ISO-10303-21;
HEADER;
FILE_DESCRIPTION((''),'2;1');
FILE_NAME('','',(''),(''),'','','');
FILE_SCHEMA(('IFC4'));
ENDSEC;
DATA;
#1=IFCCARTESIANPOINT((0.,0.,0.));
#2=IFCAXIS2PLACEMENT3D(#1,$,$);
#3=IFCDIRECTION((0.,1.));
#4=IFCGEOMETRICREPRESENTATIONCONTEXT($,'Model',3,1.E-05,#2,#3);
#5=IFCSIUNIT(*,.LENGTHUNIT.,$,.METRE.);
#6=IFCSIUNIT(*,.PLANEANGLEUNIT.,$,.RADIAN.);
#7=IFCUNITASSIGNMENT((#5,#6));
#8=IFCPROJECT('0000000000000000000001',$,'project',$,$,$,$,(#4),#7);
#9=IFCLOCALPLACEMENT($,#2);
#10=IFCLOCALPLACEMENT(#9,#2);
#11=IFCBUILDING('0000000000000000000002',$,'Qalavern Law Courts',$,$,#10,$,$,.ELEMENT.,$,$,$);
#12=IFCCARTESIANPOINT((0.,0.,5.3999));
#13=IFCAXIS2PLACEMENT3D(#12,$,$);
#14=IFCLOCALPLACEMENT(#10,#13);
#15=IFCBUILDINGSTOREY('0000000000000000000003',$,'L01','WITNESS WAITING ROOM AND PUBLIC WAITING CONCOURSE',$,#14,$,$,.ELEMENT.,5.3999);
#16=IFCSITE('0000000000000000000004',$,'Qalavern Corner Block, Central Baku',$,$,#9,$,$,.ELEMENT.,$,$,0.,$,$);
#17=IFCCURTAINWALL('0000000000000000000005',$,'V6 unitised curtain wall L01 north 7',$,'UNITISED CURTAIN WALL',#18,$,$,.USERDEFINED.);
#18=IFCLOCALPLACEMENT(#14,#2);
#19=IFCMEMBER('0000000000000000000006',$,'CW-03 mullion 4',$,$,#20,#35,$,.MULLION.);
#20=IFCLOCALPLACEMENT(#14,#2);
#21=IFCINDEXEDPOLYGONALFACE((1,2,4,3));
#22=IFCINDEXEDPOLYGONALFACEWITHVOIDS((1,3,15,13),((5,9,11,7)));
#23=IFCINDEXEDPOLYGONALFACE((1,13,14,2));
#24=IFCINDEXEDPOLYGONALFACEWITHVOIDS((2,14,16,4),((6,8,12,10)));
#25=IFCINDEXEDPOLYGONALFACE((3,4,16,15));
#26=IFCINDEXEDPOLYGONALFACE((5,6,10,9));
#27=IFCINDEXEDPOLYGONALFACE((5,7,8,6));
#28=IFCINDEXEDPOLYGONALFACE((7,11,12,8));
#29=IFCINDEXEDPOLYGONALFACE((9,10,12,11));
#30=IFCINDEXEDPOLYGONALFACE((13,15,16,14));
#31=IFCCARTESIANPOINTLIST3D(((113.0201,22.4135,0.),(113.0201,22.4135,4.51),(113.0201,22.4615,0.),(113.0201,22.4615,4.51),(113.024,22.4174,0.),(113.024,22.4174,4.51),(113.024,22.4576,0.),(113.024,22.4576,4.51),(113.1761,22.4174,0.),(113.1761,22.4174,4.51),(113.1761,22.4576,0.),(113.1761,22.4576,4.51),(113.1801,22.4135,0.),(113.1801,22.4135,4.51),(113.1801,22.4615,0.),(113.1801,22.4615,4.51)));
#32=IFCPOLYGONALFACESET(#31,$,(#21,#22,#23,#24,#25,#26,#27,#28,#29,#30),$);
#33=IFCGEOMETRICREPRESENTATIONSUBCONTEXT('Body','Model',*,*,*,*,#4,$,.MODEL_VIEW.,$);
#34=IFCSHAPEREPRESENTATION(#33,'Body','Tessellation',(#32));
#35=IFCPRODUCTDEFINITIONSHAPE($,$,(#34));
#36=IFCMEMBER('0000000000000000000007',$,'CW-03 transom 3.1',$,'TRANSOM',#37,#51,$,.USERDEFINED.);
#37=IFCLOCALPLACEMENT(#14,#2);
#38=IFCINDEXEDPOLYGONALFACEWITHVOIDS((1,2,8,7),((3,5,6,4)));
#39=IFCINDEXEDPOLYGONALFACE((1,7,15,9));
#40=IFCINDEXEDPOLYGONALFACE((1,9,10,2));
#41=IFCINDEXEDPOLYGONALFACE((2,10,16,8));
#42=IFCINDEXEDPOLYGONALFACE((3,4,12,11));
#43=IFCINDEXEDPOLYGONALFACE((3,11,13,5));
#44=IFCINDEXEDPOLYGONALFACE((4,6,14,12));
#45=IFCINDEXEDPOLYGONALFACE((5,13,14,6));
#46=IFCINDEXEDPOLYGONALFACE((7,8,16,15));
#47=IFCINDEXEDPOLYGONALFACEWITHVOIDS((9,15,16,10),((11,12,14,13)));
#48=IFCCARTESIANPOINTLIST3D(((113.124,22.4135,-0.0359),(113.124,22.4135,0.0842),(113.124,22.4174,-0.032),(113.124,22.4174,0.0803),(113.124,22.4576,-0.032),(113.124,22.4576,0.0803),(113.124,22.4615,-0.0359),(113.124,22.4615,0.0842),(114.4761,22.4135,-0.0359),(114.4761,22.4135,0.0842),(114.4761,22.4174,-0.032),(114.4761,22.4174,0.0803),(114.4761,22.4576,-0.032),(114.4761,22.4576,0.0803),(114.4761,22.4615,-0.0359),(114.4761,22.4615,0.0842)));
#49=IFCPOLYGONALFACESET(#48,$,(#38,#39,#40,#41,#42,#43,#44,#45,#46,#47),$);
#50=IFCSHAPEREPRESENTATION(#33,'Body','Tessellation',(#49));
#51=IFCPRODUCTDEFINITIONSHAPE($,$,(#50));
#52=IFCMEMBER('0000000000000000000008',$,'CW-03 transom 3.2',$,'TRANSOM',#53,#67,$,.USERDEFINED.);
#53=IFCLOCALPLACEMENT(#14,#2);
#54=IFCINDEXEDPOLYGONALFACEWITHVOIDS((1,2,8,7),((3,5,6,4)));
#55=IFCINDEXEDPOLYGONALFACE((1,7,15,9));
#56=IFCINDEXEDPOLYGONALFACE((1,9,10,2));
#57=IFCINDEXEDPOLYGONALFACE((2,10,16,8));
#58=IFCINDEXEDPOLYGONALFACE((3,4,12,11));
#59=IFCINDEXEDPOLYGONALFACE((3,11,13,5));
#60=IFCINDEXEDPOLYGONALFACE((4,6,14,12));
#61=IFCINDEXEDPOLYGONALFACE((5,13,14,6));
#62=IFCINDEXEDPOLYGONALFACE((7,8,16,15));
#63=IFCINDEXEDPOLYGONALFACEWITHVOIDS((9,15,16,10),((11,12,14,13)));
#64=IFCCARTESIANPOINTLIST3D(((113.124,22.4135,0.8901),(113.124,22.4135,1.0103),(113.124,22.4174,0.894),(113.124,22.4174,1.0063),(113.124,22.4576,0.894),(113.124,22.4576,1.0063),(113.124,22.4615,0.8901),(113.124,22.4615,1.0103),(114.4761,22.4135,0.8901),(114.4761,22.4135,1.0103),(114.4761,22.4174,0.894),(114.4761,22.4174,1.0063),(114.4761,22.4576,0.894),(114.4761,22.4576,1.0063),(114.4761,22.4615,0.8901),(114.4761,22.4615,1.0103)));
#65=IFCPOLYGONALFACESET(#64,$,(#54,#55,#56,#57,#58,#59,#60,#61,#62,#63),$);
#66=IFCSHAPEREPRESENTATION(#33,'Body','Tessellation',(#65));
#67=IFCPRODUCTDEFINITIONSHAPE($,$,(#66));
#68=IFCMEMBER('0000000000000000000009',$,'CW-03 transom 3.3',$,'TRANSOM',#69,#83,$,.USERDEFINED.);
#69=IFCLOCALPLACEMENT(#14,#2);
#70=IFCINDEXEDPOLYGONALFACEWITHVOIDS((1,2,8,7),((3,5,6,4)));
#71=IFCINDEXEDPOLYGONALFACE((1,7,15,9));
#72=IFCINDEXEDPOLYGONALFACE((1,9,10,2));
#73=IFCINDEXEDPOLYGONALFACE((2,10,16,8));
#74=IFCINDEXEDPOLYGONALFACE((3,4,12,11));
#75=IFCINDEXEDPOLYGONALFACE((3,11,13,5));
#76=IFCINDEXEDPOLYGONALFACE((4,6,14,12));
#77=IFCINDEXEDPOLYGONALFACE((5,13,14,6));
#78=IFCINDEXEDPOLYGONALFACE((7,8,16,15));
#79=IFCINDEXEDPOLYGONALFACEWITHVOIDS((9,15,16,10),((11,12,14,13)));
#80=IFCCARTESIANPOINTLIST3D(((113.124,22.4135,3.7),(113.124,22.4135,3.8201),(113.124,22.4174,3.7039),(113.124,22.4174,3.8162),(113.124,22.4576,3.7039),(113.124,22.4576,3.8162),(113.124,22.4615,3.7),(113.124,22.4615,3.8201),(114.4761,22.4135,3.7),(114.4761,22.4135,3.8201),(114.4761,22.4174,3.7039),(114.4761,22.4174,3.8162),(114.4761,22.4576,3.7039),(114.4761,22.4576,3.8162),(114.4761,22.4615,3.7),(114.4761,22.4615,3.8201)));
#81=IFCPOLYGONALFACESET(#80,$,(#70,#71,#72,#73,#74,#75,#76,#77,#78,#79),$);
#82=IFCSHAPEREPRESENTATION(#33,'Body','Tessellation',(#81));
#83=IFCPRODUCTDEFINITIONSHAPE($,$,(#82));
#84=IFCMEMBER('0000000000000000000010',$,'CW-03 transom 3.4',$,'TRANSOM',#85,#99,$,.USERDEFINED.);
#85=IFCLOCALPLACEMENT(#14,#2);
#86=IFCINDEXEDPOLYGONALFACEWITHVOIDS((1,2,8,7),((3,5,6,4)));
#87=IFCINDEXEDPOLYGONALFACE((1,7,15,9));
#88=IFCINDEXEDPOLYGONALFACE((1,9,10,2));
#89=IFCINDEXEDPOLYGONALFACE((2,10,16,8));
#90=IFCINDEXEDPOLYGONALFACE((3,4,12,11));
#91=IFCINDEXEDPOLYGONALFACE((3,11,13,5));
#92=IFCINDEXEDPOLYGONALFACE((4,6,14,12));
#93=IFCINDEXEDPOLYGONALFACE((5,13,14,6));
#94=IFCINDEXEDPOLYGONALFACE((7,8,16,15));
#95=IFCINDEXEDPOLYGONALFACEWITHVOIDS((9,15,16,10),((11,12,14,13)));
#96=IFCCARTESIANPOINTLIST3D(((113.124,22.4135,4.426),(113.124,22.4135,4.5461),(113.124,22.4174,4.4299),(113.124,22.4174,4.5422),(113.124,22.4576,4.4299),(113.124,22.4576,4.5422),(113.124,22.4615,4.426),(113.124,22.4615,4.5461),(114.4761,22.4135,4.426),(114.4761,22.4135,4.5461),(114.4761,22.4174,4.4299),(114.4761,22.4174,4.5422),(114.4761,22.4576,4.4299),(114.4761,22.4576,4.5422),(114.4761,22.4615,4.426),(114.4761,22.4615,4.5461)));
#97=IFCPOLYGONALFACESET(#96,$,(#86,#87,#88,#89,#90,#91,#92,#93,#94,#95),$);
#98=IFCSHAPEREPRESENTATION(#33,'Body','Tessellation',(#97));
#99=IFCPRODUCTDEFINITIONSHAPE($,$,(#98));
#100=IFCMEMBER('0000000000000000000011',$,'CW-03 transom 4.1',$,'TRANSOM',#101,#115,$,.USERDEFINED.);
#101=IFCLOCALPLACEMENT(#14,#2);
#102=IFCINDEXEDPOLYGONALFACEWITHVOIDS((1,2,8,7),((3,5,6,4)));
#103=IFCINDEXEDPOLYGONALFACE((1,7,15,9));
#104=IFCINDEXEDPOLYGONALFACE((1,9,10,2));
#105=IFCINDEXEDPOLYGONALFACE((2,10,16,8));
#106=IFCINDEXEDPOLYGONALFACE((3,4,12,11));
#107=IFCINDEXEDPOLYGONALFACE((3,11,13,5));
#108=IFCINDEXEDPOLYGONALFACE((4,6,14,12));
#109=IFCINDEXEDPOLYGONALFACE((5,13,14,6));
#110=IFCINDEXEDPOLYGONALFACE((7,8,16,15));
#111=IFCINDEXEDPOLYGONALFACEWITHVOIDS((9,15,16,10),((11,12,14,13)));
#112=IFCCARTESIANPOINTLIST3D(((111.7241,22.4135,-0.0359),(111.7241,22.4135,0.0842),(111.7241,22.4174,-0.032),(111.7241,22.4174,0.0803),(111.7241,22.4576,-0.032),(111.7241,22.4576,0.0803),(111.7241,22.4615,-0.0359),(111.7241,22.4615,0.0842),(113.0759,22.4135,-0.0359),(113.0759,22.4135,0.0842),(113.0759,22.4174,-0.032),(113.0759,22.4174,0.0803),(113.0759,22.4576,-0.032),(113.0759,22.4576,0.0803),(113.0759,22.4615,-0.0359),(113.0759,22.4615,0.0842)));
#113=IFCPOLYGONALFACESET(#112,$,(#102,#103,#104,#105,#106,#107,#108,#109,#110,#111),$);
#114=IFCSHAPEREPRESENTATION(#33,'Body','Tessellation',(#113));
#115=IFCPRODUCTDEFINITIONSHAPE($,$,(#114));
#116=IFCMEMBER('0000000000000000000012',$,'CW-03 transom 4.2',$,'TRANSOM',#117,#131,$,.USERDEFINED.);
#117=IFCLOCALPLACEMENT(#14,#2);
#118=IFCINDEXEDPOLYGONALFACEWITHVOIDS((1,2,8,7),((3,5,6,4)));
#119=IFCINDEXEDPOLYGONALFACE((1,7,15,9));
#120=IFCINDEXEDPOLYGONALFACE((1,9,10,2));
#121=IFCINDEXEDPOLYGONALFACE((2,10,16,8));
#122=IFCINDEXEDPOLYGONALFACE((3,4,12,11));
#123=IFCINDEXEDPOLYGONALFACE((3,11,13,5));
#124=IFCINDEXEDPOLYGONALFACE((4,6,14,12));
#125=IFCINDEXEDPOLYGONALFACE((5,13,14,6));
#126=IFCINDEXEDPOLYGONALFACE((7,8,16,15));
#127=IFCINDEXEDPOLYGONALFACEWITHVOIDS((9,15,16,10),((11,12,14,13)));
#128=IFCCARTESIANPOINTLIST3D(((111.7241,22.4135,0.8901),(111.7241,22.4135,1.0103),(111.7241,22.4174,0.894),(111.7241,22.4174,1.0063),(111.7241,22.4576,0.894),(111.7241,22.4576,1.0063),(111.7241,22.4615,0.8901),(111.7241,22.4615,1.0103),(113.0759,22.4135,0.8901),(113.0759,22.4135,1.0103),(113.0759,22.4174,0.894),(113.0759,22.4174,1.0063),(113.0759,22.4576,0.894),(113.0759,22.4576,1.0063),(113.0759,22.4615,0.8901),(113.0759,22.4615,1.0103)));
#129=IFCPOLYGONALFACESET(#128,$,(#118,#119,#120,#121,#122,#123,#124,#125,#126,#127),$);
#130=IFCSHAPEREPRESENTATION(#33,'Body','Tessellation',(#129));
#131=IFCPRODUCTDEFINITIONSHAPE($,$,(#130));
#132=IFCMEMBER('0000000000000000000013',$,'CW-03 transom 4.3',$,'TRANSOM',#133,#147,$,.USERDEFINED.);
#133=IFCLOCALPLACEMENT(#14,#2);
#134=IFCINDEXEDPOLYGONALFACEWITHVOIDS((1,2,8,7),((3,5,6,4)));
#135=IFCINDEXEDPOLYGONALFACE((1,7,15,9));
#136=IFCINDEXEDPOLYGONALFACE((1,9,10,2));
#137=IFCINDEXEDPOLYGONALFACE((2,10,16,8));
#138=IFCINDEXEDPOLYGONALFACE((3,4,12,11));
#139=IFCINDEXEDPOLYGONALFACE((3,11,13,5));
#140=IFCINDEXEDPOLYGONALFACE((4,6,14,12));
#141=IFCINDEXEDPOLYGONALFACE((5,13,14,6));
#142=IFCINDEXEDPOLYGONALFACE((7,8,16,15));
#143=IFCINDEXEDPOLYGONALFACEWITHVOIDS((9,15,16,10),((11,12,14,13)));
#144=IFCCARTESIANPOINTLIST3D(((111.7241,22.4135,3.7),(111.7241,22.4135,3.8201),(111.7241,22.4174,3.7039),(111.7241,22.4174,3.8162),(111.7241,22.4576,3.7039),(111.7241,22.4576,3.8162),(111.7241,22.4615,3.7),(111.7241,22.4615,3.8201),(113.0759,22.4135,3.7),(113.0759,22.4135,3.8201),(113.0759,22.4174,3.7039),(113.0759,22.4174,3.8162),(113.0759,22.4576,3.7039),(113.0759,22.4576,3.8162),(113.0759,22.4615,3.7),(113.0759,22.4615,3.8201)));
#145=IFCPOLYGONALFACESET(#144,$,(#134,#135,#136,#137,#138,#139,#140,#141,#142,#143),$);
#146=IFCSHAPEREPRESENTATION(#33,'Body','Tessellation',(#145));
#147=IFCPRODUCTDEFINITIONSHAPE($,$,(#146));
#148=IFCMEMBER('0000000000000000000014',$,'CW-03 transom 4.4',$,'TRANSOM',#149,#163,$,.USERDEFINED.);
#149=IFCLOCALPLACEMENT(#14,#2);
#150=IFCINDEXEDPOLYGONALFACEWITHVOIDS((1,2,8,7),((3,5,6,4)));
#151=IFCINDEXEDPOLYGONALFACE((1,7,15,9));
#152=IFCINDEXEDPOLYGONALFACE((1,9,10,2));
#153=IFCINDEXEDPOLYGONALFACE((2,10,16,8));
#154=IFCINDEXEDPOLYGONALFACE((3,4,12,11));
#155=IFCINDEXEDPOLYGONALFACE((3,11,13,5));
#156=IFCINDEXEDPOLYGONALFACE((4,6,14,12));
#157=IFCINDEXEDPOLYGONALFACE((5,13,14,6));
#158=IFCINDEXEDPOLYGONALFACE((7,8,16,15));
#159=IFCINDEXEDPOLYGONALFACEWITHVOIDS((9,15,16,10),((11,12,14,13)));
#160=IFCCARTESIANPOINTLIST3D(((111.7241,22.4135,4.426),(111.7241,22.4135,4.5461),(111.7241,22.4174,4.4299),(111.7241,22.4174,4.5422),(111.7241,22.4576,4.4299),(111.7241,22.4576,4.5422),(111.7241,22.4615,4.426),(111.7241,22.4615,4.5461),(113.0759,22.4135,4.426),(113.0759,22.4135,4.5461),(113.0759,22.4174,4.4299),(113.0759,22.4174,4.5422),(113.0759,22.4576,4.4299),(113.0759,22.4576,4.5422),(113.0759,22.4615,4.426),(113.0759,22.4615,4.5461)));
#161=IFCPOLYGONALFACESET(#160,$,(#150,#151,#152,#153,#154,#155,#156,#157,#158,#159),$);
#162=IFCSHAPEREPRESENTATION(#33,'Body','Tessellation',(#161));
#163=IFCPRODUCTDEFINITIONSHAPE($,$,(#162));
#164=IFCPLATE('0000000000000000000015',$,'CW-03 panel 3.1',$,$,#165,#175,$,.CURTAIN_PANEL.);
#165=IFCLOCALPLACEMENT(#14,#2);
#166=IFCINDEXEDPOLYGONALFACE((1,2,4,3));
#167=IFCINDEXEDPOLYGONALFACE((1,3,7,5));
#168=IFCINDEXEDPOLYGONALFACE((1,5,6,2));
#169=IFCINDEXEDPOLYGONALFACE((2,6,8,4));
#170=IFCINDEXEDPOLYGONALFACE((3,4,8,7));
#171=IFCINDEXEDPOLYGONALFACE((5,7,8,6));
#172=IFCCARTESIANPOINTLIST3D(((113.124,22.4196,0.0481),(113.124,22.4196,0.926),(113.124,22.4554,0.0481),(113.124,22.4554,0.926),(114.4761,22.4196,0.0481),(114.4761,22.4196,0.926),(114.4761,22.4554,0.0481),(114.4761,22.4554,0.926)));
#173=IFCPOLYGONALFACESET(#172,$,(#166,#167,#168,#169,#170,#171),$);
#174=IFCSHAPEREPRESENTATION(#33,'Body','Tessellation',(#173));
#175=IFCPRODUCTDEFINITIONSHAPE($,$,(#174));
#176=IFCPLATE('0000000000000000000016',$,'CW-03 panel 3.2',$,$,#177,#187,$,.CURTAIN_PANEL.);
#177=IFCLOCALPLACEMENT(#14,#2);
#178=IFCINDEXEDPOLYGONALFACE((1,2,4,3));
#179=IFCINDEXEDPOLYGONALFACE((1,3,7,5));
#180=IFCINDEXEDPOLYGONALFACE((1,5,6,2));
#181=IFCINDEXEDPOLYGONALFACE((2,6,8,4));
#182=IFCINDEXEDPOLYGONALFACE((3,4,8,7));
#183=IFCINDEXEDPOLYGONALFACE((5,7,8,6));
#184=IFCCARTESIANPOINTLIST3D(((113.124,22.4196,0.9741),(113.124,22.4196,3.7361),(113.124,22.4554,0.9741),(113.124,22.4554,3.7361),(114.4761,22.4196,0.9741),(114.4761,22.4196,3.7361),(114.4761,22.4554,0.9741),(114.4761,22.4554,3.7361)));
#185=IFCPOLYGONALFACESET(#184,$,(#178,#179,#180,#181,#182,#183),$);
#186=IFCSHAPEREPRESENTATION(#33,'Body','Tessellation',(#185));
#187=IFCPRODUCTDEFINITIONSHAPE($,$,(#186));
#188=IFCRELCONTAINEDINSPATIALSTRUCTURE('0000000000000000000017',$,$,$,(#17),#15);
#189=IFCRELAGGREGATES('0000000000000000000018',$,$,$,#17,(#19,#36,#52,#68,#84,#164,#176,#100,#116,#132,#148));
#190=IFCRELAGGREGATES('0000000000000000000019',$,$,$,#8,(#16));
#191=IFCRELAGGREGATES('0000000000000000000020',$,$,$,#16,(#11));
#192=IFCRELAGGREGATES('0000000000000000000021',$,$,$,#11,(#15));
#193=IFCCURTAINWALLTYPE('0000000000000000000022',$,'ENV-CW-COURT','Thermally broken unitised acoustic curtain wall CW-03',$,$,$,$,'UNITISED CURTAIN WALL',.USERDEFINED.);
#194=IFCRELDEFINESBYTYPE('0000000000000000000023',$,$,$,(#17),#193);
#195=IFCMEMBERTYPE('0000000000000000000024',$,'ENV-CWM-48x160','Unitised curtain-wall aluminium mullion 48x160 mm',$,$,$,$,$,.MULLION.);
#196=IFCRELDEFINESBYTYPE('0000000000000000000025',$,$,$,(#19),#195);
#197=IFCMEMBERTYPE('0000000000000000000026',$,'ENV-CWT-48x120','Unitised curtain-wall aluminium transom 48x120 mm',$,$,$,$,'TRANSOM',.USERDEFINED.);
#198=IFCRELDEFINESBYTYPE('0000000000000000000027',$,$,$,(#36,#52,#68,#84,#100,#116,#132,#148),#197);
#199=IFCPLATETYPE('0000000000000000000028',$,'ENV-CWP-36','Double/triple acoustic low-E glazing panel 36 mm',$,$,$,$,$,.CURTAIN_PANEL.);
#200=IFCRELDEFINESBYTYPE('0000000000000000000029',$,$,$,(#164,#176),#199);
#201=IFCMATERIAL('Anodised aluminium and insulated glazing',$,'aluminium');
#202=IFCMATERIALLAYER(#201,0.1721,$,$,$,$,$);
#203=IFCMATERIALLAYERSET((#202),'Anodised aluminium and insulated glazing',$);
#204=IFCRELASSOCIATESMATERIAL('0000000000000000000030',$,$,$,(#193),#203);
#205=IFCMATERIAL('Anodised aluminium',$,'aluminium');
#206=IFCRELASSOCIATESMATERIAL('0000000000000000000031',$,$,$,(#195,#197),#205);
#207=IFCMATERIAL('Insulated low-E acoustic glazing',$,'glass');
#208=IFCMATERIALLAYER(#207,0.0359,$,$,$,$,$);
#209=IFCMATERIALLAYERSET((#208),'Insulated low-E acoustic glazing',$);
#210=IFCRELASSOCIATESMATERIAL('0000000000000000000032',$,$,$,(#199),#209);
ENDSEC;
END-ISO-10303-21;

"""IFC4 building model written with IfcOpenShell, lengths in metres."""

from ifc_helpers import new_model, si_unit, direction, frame, origin, origin_2d, place, context, subcontext, project, spatial, rectangle, hollow_rectangle, extrude, material, layer, layer_set, material_profile, profile_set, type_object, element, aggregate, save


model = new_model("IFC4")

# Units and contexts
model_context = context("Model", 3, precision=1e-05, world=origin(), true_north=direction((0.0, 1.0)))
body_context = subcontext(model_context, "Body", "Model", "MODEL_VIEW")
ifc_project = project(units=[si_unit("LENGTHUNIT", "METRE"), si_unit("PLANEANGLEUNIT", "RADIAN")], contexts=[model_context])

# Site, building, storey
site_placement = place(None, origin())
site = spatial("IfcSite", under=ifc_project, at=site_placement, Name="Qalavern Corner Block, Central Baku", CompositionType="ELEMENT", RefElevation=0.0)
building_placement = place(site_placement, origin())
building = spatial("IfcBuilding", under=site, at=building_placement, Name="Qalavern Law Courts", CompositionType="ELEMENT")
storey_placement = place(building_placement, frame((0.0, 0.0, 5.3999)))
storey = spatial("IfcBuildingStorey", under=building, at=storey_placement, Name="L01", Description="WITNESS WAITING ROOM AND PUBLIC WAITING CONCOURSE", CompositionType="ELEMENT", Elevation=5.3999)

# Curtain wall, members, plates
ifc_material_1 = material(Name="Anodised aluminium and insulated glazing", Category="aluminium")
ifc_layer_1 = layer(ifc_material_1, 0.1721)
ifc_layer_set_1 = layer_set([ifc_layer_1], Name="Anodised aluminium and insulated glazing")
curtain_wall_type = type_object("IfcCurtainWallType", Name="ENV-CW-COURT", Description="Thermally broken unitised acoustic curtain wall CW-03", ElementType="UNITISED CURTAIN WALL", PredefinedType="USERDEFINED", material=ifc_layer_set_1)
curtain_wall_placement = place(storey_placement, origin())
curtain_wall = element("IfcCurtainWall", 1, at=curtain_wall_placement, inside=storey, type_object=curtain_wall_type, Name="V6 unitised curtain wall L01 north 7", ObjectType="UNITISED CURTAIN WALL", PredefinedType="USERDEFINED")
ifc_material_2 = material(Name="Anodised aluminium", Category="aluminium")
ifc_material_profile_1 = material_profile(ifc_material_2, hollow_rectangle(XDim=0.0481, YDim=0.1599, WallThickness=0.0039, at=origin_2d()), Name="ALU MULLION 48x160")
ifc_profile_set_1 = profile_set([ifc_material_profile_1], Name="Anodised aluminium")
member_type_1 = type_object("IfcMemberType", Name="ENV-CWM-48x160", Description="Unitised curtain-wall aluminium mullion 48x160 mm", PredefinedType="MULLION", material=ifc_profile_set_1)
member_1_placement = place(storey_placement, frame((113.1001, 22.4375, 0.0), z_axis=(0.0, 0.0, 1.0), x_axis=(0.0, -1.0, 0.0)))
member_1 = element("IfcMember", 2, at=member_1_placement, type_object=member_type_1, Name="CW-03 mullion 4", PredefinedType="MULLION", context=body_context, shape_type="SweptSolid", body=[
    extrude(hollow_rectangle(XDim=0.0481, YDim=0.1599, WallThickness=0.0039, at=origin_2d()), origin(), (0.0, 0.0, 1.0), 4.51),
])
ifc_material_profile_2 = material_profile(ifc_material_2, hollow_rectangle(XDim=0.0481, YDim=0.1201, WallThickness=0.0039, at=origin_2d()), Name="ALU TRANSOM 48x120")
ifc_profile_set_2 = profile_set([ifc_material_profile_2], Name="Anodised aluminium")
member_type_2 = type_object("IfcMemberType", Name="ENV-CWT-48x120", Description="Unitised curtain-wall aluminium transom 48x120 mm", ElementType="TRANSOM", PredefinedType="USERDEFINED", material=ifc_profile_set_2)
member_2_placement = place(storey_placement, frame((114.4761, 22.4375, 0.0242), z_axis=(-1.0, 0.0, 0.0), x_axis=(0.0, -1.0, 0.0)))
member_2 = element("IfcMember", 3, at=member_2_placement, type_object=member_type_2, Name="CW-03 transom 3.1", ObjectType="TRANSOM", PredefinedType="USERDEFINED", context=body_context, shape_type="SweptSolid", body=[
    extrude(hollow_rectangle(XDim=0.0481, YDim=0.1201, WallThickness=0.0039, at=origin_2d()), origin(), (0.0, 0.0, 1.0), 1.3521),
])
member_3_placement = place(storey_placement, frame((114.4761, 22.4375, 0.9502), z_axis=(-1.0, 0.0, 0.0), x_axis=(0.0, -1.0, 0.0)))
member_3 = element("IfcMember", 4, at=member_3_placement, type_object=member_type_2, Name="CW-03 transom 3.2", ObjectType="TRANSOM", PredefinedType="USERDEFINED", context=body_context, shape_type="SweptSolid", body=[
    extrude(hollow_rectangle(XDim=0.0481, YDim=0.1201, WallThickness=0.0039, at=origin_2d()), origin(), (0.0, 0.0, 1.0), 1.3521),
])
member_4_placement = place(storey_placement, frame((114.4761, 22.4375, 3.76), z_axis=(-1.0, 0.0, 0.0), x_axis=(0.0, -1.0, 0.0)))
member_4 = element("IfcMember", 5, at=member_4_placement, type_object=member_type_2, Name="CW-03 transom 3.3", ObjectType="TRANSOM", PredefinedType="USERDEFINED", context=body_context, shape_type="SweptSolid", body=[
    extrude(hollow_rectangle(XDim=0.0481, YDim=0.1201, WallThickness=0.0039, at=origin_2d()), origin(), (0.0, 0.0, 1.0), 1.3521),
])
member_5_placement = place(storey_placement, frame((114.4761, 22.4375, 4.4861), z_axis=(-1.0, 0.0, 0.0), x_axis=(0.0, -1.0, 0.0)))
member_5 = element("IfcMember", 6, at=member_5_placement, type_object=member_type_2, Name="CW-03 transom 3.4", ObjectType="TRANSOM", PredefinedType="USERDEFINED", context=body_context, shape_type="SweptSolid", body=[
    extrude(hollow_rectangle(XDim=0.0481, YDim=0.1201, WallThickness=0.0039, at=origin_2d()), origin(), (0.0, 0.0, 1.0), 1.3521),
])
member_6_placement = place(storey_placement, frame((113.0759, 22.4375, 0.0242), z_axis=(-1.0, 0.0, 0.0), x_axis=(0.0, -1.0, 0.0)))
member_6 = element("IfcMember", 7, at=member_6_placement, type_object=member_type_2, Name="CW-03 transom 4.1", ObjectType="TRANSOM", PredefinedType="USERDEFINED", context=body_context, shape_type="SweptSolid", body=[
    extrude(hollow_rectangle(XDim=0.0481, YDim=0.1201, WallThickness=0.0039, at=origin_2d()), origin(), (0.0, 0.0, 1.0), 1.3518),
])
member_7_placement = place(storey_placement, frame((113.0759, 22.4375, 0.9502), z_axis=(-1.0, 0.0, 0.0), x_axis=(0.0, -1.0, 0.0)))
member_7 = element("IfcMember", 8, at=member_7_placement, type_object=member_type_2, Name="CW-03 transom 4.2", ObjectType="TRANSOM", PredefinedType="USERDEFINED", context=body_context, shape_type="SweptSolid", body=[
    extrude(hollow_rectangle(XDim=0.0481, YDim=0.1201, WallThickness=0.0039, at=origin_2d()), origin(), (0.0, 0.0, 1.0), 1.3518),
])
member_8_placement = place(storey_placement, frame((113.0759, 22.4375, 3.76), z_axis=(-1.0, 0.0, 0.0), x_axis=(0.0, -1.0, 0.0)))
member_8 = element("IfcMember", 9, at=member_8_placement, type_object=member_type_2, Name="CW-03 transom 4.3", ObjectType="TRANSOM", PredefinedType="USERDEFINED", context=body_context, shape_type="SweptSolid", body=[
    extrude(hollow_rectangle(XDim=0.0481, YDim=0.1201, WallThickness=0.0039, at=origin_2d()), origin(), (0.0, 0.0, 1.0), 1.3518),
])
member_9_placement = place(storey_placement, frame((113.0759, 22.4375, 4.4861), z_axis=(-1.0, 0.0, 0.0), x_axis=(0.0, -1.0, 0.0)))
member_9 = element("IfcMember", 10, at=member_9_placement, type_object=member_type_2, Name="CW-03 transom 4.4", ObjectType="TRANSOM", PredefinedType="USERDEFINED", context=body_context, shape_type="SweptSolid", body=[
    extrude(hollow_rectangle(XDim=0.0481, YDim=0.1201, WallThickness=0.0039, at=origin_2d()), origin(), (0.0, 0.0, 1.0), 1.3518),
])
ifc_material_3 = material(Name="Insulated low-E acoustic glazing", Category="glass")
ifc_layer_2 = layer(ifc_material_3, 0.0359)
ifc_layer_set_2 = layer_set([ifc_layer_2], Name="Insulated low-E acoustic glazing")
plate_type = type_object("IfcPlateType", Name="ENV-CWP-36", Description="Double/triple acoustic low-E glazing panel 36 mm", PredefinedType="CURTAIN_PANEL", material=ifc_layer_set_2)
plate_1_placement = place(storey_placement, frame((113.8, 22.4375, 0.0481), z_axis=(0.0, 0.0, 1.0), x_axis=(-1.0, 0.0, 0.0)))
plate_1 = element("IfcPlate", 11, at=plate_1_placement, type_object=plate_type, Name="CW-03 panel 3.1", PredefinedType="CURTAIN_PANEL", context=body_context, shape_type="SweptSolid", body=[
    extrude(rectangle(XDim=1.3521, YDim=0.0359, at=origin_2d()), origin(), (0.0, 0.0, 1.0), 0.8779),
])
plate_2_placement = place(storey_placement, frame((113.8, 22.4375, 0.9741), z_axis=(0.0, 0.0, 1.0), x_axis=(-1.0, 0.0, 0.0)))
plate_2 = element("IfcPlate", 12, at=plate_2_placement, type_object=plate_type, Name="CW-03 panel 3.2", PredefinedType="CURTAIN_PANEL", context=body_context, shape_type="SweptSolid", body=[
    extrude(rectangle(XDim=1.3521, YDim=0.0359, at=origin_2d()), origin(), (0.0, 0.0, 1.0), 2.762),
])
aggregate(curtain_wall, [member_1, member_2, member_3, member_4, member_5, plate_1, plate_2, member_6, member_7, member_8, member_9])

save(model, "model.ifc")
